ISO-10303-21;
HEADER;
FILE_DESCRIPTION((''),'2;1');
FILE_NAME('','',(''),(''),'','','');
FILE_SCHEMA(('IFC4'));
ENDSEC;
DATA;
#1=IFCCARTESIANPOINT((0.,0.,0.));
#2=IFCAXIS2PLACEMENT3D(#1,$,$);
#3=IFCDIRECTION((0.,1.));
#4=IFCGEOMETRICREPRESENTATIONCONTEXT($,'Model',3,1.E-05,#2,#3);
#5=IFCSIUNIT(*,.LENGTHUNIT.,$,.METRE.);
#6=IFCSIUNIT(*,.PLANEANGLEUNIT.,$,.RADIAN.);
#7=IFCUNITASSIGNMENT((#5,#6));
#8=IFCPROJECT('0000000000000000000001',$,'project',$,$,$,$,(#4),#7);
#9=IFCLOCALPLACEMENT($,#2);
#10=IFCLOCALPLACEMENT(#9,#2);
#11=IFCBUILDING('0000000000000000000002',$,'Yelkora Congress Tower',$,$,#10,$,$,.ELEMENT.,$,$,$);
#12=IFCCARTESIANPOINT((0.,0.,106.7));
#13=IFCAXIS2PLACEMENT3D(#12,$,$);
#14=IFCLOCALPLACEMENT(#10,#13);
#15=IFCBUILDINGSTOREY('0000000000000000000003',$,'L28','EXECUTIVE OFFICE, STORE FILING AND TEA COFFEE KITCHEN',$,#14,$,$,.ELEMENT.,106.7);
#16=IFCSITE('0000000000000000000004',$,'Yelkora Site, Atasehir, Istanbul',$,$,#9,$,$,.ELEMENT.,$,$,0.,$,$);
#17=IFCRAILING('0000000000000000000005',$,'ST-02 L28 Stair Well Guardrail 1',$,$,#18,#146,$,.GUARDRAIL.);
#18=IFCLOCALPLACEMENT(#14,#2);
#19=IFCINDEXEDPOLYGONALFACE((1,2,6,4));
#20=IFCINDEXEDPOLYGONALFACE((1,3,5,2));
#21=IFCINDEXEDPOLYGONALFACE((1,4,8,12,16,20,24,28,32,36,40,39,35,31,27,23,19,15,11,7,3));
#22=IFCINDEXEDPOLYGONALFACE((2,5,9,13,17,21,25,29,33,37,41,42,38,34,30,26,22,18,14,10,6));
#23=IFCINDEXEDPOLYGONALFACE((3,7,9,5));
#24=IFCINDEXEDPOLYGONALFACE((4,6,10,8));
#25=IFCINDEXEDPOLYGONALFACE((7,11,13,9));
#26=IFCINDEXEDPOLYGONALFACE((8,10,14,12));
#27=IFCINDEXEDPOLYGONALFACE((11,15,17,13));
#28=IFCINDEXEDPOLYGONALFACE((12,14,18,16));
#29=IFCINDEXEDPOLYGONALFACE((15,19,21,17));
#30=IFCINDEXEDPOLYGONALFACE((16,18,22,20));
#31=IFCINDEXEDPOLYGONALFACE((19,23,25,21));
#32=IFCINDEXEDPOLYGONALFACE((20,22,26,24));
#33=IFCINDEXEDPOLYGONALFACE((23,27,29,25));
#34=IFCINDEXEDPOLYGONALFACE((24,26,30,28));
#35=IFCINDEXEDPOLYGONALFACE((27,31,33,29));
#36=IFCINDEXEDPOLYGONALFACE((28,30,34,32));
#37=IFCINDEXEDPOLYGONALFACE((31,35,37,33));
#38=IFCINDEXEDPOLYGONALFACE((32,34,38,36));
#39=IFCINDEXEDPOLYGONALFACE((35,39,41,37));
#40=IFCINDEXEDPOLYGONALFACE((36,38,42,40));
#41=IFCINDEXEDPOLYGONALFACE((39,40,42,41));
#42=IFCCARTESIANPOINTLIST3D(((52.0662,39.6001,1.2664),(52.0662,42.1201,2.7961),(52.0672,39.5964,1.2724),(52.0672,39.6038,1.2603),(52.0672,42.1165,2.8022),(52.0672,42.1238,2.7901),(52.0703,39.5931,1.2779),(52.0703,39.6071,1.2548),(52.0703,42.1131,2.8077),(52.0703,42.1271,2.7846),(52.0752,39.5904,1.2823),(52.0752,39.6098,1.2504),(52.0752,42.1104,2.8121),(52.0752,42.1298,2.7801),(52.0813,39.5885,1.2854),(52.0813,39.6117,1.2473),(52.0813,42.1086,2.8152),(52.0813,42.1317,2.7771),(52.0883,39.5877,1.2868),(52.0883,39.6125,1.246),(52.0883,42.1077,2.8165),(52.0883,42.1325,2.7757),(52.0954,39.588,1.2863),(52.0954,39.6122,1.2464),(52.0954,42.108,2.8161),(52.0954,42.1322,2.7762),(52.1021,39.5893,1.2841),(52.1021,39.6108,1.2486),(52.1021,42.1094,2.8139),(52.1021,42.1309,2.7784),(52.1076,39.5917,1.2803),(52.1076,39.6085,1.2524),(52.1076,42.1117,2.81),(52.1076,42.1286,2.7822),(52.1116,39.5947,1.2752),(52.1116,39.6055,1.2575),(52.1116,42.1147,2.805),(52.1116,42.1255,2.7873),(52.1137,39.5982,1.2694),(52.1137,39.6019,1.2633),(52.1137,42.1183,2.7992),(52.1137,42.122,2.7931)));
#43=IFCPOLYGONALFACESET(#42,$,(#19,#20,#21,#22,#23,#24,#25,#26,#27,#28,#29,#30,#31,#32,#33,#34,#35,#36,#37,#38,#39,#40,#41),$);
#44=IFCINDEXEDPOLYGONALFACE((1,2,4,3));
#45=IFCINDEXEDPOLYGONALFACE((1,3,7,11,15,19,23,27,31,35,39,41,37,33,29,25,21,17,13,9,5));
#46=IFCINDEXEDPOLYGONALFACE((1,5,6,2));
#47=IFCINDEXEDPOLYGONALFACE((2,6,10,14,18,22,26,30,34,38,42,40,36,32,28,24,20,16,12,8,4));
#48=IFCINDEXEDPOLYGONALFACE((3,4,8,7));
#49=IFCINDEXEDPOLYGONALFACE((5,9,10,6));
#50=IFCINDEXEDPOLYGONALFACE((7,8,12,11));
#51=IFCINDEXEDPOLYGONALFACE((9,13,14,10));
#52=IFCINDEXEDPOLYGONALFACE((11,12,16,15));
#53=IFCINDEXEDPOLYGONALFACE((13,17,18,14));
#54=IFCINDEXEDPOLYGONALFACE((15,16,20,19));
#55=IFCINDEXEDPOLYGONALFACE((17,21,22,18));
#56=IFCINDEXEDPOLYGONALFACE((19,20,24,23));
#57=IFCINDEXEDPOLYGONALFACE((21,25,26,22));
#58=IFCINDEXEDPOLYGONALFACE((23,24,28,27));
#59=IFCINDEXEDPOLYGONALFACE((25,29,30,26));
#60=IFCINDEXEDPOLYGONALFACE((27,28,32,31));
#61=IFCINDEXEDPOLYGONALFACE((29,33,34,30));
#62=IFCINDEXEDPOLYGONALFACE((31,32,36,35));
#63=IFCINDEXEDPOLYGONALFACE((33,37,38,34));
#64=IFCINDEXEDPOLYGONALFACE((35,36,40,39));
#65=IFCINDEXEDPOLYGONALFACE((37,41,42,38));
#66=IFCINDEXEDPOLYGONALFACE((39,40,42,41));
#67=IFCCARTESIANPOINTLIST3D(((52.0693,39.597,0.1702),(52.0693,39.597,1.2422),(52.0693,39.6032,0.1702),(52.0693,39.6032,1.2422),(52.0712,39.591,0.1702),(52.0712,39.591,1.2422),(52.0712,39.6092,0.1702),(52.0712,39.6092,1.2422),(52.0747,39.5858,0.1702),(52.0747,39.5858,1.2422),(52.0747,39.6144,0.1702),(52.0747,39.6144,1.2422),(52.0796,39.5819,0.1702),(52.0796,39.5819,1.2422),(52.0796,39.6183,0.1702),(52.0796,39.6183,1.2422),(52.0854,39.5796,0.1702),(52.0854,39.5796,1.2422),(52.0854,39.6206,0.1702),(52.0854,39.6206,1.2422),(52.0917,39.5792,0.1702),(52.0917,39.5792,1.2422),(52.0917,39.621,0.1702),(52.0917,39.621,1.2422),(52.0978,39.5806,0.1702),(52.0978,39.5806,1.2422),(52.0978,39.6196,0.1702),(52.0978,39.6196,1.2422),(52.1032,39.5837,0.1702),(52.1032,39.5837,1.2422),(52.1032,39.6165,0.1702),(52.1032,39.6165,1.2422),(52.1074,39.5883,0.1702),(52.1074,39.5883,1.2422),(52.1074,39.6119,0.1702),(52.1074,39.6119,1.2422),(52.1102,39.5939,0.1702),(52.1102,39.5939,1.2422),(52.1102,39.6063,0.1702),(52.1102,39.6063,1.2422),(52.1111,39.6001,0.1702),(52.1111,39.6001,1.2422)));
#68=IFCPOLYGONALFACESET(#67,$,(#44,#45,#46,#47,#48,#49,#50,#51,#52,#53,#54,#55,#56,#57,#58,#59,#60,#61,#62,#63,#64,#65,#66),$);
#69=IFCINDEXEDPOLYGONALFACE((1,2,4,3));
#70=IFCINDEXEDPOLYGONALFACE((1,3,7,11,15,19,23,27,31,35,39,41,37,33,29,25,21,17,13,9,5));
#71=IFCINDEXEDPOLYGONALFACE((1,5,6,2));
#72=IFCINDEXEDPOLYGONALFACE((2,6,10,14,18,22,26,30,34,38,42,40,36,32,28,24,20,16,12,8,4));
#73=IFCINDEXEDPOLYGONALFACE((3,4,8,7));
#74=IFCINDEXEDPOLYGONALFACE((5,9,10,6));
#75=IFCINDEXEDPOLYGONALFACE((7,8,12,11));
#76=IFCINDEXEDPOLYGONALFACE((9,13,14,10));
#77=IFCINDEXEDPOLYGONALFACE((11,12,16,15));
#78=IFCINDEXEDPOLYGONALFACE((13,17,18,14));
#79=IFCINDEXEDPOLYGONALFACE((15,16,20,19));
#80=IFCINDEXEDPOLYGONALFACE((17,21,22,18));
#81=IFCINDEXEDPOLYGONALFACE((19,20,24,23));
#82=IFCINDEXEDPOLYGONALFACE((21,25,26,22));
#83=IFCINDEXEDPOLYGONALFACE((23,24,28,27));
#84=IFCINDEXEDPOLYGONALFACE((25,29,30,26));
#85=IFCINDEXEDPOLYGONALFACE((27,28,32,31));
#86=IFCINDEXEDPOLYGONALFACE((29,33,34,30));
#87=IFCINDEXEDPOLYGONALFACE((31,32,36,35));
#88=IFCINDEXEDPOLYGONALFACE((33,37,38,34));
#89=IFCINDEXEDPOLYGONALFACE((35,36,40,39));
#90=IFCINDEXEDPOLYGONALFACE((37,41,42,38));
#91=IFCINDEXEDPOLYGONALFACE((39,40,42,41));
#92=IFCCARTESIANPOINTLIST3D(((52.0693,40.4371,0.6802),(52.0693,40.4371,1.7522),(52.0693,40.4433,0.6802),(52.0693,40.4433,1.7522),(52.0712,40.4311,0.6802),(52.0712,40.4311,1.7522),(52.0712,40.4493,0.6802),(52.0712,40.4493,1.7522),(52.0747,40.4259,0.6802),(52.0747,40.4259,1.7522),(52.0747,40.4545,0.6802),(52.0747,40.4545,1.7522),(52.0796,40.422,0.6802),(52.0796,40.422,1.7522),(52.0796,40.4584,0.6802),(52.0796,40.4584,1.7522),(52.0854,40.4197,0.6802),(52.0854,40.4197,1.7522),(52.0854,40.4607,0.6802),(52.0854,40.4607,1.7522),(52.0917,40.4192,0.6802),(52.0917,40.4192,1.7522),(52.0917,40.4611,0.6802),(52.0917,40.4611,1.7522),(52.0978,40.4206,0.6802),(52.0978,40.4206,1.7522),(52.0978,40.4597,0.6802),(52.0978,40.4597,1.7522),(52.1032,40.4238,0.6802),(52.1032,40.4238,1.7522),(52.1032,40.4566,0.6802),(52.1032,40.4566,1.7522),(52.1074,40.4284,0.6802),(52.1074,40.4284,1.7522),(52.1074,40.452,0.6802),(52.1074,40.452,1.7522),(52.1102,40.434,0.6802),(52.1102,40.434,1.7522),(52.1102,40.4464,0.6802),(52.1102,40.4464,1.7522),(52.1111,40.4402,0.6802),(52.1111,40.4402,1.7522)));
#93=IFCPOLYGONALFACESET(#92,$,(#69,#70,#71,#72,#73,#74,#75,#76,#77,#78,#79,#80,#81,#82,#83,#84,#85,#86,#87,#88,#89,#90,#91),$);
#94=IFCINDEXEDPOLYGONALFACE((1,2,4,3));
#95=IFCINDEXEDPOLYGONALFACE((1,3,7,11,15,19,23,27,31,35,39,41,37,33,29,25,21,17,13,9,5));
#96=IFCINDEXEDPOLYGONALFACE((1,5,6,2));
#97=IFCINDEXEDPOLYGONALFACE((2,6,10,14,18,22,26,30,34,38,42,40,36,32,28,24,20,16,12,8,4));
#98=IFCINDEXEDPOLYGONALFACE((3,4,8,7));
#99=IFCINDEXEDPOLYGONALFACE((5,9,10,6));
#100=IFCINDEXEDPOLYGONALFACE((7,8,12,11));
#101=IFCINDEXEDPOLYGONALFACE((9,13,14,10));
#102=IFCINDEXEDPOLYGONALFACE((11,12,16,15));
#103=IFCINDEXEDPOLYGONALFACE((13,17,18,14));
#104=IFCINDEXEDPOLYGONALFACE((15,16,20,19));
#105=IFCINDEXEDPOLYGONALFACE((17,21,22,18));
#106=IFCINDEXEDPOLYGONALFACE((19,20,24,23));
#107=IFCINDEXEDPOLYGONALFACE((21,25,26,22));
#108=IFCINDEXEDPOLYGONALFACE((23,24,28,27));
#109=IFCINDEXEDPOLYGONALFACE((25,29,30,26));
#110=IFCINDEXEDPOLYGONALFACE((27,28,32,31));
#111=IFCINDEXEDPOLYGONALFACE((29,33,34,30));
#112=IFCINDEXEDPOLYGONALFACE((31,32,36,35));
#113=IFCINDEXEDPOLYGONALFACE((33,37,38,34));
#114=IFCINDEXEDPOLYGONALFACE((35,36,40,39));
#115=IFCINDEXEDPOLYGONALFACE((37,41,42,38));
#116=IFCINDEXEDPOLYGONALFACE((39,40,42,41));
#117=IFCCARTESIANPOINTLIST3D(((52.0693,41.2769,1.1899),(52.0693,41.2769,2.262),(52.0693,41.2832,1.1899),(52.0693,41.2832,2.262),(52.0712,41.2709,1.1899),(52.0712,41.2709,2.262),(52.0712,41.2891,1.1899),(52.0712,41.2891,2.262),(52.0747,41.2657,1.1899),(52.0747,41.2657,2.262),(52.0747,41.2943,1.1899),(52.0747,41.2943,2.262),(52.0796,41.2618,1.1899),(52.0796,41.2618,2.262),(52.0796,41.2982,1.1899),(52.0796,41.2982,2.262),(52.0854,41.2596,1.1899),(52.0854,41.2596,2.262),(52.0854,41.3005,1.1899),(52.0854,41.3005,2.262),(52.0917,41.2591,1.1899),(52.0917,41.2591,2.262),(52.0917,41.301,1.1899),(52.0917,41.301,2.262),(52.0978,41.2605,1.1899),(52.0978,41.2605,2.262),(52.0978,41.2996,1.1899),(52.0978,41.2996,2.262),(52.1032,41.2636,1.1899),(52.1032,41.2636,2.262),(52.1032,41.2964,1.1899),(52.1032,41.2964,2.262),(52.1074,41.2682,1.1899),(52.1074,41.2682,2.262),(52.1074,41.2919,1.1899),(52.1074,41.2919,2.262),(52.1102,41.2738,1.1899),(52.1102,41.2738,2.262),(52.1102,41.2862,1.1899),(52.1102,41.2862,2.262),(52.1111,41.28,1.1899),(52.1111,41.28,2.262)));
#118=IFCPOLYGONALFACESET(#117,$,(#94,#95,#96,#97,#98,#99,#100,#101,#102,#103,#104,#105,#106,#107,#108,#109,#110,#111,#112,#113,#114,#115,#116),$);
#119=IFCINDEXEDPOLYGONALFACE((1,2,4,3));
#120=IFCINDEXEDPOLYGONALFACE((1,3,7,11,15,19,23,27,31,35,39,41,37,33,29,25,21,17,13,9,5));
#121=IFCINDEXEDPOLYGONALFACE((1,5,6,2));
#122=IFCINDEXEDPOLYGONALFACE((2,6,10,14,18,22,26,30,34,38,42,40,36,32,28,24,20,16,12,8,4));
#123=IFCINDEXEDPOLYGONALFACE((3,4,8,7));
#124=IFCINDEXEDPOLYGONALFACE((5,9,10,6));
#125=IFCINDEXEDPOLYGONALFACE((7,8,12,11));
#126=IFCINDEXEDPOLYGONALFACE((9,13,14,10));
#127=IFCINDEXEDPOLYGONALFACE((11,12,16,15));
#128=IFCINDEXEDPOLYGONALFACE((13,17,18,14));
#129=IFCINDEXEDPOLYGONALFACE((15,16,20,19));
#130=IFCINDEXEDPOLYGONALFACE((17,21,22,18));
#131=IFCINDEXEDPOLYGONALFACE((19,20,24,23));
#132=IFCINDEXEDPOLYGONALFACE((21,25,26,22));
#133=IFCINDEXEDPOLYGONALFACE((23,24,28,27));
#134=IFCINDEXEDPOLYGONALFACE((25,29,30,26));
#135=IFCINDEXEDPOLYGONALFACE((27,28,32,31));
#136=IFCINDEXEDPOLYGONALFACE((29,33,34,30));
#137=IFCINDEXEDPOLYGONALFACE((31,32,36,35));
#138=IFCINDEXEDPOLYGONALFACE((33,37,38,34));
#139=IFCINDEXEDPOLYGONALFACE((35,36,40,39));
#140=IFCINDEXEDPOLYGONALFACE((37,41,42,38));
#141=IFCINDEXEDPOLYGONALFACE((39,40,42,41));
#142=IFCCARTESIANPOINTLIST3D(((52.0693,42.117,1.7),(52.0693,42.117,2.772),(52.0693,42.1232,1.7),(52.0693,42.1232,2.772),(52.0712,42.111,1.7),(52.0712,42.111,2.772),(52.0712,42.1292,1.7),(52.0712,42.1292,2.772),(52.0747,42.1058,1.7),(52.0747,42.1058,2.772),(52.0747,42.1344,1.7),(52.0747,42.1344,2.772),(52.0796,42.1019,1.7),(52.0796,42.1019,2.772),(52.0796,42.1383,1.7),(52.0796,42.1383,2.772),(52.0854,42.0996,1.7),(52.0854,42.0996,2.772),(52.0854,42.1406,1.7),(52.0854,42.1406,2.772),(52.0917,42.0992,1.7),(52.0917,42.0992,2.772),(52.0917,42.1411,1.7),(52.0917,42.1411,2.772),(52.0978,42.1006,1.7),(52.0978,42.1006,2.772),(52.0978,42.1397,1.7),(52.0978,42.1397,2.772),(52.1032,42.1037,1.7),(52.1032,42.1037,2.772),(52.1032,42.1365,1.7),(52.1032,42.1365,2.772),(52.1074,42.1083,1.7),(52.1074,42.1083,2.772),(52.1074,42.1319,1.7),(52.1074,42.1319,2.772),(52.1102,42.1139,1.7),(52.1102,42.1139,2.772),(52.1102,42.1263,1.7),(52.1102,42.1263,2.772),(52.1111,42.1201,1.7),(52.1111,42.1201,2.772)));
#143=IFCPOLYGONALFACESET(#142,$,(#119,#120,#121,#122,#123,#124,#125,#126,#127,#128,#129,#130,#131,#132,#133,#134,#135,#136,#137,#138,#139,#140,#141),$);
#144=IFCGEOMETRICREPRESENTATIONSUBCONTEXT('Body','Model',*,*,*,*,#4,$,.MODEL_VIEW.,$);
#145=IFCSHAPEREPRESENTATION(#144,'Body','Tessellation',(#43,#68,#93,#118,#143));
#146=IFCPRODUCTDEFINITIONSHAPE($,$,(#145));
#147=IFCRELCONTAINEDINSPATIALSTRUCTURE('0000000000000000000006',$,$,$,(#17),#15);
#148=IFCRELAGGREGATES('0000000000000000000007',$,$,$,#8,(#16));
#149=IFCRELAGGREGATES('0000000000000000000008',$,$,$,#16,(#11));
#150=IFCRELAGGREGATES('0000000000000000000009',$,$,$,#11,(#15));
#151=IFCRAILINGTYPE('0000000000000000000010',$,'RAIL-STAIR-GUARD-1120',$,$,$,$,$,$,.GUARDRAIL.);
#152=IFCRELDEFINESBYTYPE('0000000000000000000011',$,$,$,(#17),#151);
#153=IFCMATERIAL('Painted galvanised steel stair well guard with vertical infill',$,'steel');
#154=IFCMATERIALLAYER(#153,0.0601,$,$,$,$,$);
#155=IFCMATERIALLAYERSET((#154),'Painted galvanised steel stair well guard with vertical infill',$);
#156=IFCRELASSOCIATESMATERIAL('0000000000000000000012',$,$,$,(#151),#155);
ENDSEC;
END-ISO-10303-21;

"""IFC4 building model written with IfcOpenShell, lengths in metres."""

from ifc_helpers import new_model, si_unit, direction, frame, origin, origin_2d, place, context, subcontext, project, spatial, circle, extrude, material, layer, layer_set, type_object, element, save


model = new_model("IFC4")

# Units and contexts
model_context = context("Model", 3, precision=1e-05, world=origin(), true_north=direction((0.0, 1.0)))
body_context = subcontext(model_context, "Body", "Model", "MODEL_VIEW")
ifc_project = project(units=[si_unit("LENGTHUNIT", "METRE"), si_unit("PLANEANGLEUNIT", "RADIAN")], contexts=[model_context])

# Site, building, storey
site_placement = place(None, origin())
site = spatial("IfcSite", under=ifc_project, at=site_placement, Name="Yelkora Site, Atasehir, Istanbul", CompositionType="ELEMENT", RefElevation=0.0)
building_placement = place(site_placement, origin())
building = spatial("IfcBuilding", under=site, at=building_placement, Name="Yelkora Congress Tower", CompositionType="ELEMENT")
storey_placement = place(building_placement, frame((0.0, 0.0, 106.7)))
storey = spatial("IfcBuildingStorey", under=building, at=storey_placement, Name="L28", Description="EXECUTIVE OFFICE, STORE FILING AND TEA COFFEE KITCHEN", CompositionType="ELEMENT", Elevation=106.7)

# Railing
ifc_material_1 = material(Name="Painted galvanised steel stair well guard with vertical infill", Category="steel")
ifc_layer_1 = layer(ifc_material_1, 0.0601)
ifc_layer_set_1 = layer_set([ifc_layer_1], Name="Painted galvanised steel stair well guard with vertical infill")
railing_type_1 = type_object("IfcRailingType", Name="RAIL-STAIR-GUARD-1120", PredefinedType="GUARDRAIL", material=ifc_layer_set_1)
railing_1_placement = place(storey_placement, frame((52.0901, 39.6001, 0.1702)))
element("IfcRailing", 1, at=railing_1_placement, inside=storey, type_object=railing_type_1, Name="ST-02 L28 Stair Well Guardrail 1", PredefinedType="GUARDRAIL", context=body_context, shape_type="SweptSolid", body=[
    extrude(circle(Radius=0.0239, at=origin_2d()), frame((0.0, 0.0, 1.0962), z_axis=(0.0, 0.854822, 0.518922), x_axis=(-1.0, 0.0, 0.0)), (0.0, 0.0, 1.0), 2.948),
    extrude(circle(Radius=0.021, at=origin_2d()), origin(), (0.0, 0.0, 1.0), 1.072),
    extrude(circle(Radius=0.021, at=origin_2d()), frame((0.0, 0.8401, 0.51)), (0.0, 0.0, 1.0), 1.072),
    extrude(circle(Radius=0.021, at=origin_2d()), frame((0.0, 1.6799, 1.0198)), (0.0, 0.0, 1.0), 1.072),
    extrude(circle(Radius=0.021, at=origin_2d()), frame((0.0, 2.52, 1.5298)), (0.0, 0.0, 1.0), 1.072),
])

save(model, "model.ifc")
